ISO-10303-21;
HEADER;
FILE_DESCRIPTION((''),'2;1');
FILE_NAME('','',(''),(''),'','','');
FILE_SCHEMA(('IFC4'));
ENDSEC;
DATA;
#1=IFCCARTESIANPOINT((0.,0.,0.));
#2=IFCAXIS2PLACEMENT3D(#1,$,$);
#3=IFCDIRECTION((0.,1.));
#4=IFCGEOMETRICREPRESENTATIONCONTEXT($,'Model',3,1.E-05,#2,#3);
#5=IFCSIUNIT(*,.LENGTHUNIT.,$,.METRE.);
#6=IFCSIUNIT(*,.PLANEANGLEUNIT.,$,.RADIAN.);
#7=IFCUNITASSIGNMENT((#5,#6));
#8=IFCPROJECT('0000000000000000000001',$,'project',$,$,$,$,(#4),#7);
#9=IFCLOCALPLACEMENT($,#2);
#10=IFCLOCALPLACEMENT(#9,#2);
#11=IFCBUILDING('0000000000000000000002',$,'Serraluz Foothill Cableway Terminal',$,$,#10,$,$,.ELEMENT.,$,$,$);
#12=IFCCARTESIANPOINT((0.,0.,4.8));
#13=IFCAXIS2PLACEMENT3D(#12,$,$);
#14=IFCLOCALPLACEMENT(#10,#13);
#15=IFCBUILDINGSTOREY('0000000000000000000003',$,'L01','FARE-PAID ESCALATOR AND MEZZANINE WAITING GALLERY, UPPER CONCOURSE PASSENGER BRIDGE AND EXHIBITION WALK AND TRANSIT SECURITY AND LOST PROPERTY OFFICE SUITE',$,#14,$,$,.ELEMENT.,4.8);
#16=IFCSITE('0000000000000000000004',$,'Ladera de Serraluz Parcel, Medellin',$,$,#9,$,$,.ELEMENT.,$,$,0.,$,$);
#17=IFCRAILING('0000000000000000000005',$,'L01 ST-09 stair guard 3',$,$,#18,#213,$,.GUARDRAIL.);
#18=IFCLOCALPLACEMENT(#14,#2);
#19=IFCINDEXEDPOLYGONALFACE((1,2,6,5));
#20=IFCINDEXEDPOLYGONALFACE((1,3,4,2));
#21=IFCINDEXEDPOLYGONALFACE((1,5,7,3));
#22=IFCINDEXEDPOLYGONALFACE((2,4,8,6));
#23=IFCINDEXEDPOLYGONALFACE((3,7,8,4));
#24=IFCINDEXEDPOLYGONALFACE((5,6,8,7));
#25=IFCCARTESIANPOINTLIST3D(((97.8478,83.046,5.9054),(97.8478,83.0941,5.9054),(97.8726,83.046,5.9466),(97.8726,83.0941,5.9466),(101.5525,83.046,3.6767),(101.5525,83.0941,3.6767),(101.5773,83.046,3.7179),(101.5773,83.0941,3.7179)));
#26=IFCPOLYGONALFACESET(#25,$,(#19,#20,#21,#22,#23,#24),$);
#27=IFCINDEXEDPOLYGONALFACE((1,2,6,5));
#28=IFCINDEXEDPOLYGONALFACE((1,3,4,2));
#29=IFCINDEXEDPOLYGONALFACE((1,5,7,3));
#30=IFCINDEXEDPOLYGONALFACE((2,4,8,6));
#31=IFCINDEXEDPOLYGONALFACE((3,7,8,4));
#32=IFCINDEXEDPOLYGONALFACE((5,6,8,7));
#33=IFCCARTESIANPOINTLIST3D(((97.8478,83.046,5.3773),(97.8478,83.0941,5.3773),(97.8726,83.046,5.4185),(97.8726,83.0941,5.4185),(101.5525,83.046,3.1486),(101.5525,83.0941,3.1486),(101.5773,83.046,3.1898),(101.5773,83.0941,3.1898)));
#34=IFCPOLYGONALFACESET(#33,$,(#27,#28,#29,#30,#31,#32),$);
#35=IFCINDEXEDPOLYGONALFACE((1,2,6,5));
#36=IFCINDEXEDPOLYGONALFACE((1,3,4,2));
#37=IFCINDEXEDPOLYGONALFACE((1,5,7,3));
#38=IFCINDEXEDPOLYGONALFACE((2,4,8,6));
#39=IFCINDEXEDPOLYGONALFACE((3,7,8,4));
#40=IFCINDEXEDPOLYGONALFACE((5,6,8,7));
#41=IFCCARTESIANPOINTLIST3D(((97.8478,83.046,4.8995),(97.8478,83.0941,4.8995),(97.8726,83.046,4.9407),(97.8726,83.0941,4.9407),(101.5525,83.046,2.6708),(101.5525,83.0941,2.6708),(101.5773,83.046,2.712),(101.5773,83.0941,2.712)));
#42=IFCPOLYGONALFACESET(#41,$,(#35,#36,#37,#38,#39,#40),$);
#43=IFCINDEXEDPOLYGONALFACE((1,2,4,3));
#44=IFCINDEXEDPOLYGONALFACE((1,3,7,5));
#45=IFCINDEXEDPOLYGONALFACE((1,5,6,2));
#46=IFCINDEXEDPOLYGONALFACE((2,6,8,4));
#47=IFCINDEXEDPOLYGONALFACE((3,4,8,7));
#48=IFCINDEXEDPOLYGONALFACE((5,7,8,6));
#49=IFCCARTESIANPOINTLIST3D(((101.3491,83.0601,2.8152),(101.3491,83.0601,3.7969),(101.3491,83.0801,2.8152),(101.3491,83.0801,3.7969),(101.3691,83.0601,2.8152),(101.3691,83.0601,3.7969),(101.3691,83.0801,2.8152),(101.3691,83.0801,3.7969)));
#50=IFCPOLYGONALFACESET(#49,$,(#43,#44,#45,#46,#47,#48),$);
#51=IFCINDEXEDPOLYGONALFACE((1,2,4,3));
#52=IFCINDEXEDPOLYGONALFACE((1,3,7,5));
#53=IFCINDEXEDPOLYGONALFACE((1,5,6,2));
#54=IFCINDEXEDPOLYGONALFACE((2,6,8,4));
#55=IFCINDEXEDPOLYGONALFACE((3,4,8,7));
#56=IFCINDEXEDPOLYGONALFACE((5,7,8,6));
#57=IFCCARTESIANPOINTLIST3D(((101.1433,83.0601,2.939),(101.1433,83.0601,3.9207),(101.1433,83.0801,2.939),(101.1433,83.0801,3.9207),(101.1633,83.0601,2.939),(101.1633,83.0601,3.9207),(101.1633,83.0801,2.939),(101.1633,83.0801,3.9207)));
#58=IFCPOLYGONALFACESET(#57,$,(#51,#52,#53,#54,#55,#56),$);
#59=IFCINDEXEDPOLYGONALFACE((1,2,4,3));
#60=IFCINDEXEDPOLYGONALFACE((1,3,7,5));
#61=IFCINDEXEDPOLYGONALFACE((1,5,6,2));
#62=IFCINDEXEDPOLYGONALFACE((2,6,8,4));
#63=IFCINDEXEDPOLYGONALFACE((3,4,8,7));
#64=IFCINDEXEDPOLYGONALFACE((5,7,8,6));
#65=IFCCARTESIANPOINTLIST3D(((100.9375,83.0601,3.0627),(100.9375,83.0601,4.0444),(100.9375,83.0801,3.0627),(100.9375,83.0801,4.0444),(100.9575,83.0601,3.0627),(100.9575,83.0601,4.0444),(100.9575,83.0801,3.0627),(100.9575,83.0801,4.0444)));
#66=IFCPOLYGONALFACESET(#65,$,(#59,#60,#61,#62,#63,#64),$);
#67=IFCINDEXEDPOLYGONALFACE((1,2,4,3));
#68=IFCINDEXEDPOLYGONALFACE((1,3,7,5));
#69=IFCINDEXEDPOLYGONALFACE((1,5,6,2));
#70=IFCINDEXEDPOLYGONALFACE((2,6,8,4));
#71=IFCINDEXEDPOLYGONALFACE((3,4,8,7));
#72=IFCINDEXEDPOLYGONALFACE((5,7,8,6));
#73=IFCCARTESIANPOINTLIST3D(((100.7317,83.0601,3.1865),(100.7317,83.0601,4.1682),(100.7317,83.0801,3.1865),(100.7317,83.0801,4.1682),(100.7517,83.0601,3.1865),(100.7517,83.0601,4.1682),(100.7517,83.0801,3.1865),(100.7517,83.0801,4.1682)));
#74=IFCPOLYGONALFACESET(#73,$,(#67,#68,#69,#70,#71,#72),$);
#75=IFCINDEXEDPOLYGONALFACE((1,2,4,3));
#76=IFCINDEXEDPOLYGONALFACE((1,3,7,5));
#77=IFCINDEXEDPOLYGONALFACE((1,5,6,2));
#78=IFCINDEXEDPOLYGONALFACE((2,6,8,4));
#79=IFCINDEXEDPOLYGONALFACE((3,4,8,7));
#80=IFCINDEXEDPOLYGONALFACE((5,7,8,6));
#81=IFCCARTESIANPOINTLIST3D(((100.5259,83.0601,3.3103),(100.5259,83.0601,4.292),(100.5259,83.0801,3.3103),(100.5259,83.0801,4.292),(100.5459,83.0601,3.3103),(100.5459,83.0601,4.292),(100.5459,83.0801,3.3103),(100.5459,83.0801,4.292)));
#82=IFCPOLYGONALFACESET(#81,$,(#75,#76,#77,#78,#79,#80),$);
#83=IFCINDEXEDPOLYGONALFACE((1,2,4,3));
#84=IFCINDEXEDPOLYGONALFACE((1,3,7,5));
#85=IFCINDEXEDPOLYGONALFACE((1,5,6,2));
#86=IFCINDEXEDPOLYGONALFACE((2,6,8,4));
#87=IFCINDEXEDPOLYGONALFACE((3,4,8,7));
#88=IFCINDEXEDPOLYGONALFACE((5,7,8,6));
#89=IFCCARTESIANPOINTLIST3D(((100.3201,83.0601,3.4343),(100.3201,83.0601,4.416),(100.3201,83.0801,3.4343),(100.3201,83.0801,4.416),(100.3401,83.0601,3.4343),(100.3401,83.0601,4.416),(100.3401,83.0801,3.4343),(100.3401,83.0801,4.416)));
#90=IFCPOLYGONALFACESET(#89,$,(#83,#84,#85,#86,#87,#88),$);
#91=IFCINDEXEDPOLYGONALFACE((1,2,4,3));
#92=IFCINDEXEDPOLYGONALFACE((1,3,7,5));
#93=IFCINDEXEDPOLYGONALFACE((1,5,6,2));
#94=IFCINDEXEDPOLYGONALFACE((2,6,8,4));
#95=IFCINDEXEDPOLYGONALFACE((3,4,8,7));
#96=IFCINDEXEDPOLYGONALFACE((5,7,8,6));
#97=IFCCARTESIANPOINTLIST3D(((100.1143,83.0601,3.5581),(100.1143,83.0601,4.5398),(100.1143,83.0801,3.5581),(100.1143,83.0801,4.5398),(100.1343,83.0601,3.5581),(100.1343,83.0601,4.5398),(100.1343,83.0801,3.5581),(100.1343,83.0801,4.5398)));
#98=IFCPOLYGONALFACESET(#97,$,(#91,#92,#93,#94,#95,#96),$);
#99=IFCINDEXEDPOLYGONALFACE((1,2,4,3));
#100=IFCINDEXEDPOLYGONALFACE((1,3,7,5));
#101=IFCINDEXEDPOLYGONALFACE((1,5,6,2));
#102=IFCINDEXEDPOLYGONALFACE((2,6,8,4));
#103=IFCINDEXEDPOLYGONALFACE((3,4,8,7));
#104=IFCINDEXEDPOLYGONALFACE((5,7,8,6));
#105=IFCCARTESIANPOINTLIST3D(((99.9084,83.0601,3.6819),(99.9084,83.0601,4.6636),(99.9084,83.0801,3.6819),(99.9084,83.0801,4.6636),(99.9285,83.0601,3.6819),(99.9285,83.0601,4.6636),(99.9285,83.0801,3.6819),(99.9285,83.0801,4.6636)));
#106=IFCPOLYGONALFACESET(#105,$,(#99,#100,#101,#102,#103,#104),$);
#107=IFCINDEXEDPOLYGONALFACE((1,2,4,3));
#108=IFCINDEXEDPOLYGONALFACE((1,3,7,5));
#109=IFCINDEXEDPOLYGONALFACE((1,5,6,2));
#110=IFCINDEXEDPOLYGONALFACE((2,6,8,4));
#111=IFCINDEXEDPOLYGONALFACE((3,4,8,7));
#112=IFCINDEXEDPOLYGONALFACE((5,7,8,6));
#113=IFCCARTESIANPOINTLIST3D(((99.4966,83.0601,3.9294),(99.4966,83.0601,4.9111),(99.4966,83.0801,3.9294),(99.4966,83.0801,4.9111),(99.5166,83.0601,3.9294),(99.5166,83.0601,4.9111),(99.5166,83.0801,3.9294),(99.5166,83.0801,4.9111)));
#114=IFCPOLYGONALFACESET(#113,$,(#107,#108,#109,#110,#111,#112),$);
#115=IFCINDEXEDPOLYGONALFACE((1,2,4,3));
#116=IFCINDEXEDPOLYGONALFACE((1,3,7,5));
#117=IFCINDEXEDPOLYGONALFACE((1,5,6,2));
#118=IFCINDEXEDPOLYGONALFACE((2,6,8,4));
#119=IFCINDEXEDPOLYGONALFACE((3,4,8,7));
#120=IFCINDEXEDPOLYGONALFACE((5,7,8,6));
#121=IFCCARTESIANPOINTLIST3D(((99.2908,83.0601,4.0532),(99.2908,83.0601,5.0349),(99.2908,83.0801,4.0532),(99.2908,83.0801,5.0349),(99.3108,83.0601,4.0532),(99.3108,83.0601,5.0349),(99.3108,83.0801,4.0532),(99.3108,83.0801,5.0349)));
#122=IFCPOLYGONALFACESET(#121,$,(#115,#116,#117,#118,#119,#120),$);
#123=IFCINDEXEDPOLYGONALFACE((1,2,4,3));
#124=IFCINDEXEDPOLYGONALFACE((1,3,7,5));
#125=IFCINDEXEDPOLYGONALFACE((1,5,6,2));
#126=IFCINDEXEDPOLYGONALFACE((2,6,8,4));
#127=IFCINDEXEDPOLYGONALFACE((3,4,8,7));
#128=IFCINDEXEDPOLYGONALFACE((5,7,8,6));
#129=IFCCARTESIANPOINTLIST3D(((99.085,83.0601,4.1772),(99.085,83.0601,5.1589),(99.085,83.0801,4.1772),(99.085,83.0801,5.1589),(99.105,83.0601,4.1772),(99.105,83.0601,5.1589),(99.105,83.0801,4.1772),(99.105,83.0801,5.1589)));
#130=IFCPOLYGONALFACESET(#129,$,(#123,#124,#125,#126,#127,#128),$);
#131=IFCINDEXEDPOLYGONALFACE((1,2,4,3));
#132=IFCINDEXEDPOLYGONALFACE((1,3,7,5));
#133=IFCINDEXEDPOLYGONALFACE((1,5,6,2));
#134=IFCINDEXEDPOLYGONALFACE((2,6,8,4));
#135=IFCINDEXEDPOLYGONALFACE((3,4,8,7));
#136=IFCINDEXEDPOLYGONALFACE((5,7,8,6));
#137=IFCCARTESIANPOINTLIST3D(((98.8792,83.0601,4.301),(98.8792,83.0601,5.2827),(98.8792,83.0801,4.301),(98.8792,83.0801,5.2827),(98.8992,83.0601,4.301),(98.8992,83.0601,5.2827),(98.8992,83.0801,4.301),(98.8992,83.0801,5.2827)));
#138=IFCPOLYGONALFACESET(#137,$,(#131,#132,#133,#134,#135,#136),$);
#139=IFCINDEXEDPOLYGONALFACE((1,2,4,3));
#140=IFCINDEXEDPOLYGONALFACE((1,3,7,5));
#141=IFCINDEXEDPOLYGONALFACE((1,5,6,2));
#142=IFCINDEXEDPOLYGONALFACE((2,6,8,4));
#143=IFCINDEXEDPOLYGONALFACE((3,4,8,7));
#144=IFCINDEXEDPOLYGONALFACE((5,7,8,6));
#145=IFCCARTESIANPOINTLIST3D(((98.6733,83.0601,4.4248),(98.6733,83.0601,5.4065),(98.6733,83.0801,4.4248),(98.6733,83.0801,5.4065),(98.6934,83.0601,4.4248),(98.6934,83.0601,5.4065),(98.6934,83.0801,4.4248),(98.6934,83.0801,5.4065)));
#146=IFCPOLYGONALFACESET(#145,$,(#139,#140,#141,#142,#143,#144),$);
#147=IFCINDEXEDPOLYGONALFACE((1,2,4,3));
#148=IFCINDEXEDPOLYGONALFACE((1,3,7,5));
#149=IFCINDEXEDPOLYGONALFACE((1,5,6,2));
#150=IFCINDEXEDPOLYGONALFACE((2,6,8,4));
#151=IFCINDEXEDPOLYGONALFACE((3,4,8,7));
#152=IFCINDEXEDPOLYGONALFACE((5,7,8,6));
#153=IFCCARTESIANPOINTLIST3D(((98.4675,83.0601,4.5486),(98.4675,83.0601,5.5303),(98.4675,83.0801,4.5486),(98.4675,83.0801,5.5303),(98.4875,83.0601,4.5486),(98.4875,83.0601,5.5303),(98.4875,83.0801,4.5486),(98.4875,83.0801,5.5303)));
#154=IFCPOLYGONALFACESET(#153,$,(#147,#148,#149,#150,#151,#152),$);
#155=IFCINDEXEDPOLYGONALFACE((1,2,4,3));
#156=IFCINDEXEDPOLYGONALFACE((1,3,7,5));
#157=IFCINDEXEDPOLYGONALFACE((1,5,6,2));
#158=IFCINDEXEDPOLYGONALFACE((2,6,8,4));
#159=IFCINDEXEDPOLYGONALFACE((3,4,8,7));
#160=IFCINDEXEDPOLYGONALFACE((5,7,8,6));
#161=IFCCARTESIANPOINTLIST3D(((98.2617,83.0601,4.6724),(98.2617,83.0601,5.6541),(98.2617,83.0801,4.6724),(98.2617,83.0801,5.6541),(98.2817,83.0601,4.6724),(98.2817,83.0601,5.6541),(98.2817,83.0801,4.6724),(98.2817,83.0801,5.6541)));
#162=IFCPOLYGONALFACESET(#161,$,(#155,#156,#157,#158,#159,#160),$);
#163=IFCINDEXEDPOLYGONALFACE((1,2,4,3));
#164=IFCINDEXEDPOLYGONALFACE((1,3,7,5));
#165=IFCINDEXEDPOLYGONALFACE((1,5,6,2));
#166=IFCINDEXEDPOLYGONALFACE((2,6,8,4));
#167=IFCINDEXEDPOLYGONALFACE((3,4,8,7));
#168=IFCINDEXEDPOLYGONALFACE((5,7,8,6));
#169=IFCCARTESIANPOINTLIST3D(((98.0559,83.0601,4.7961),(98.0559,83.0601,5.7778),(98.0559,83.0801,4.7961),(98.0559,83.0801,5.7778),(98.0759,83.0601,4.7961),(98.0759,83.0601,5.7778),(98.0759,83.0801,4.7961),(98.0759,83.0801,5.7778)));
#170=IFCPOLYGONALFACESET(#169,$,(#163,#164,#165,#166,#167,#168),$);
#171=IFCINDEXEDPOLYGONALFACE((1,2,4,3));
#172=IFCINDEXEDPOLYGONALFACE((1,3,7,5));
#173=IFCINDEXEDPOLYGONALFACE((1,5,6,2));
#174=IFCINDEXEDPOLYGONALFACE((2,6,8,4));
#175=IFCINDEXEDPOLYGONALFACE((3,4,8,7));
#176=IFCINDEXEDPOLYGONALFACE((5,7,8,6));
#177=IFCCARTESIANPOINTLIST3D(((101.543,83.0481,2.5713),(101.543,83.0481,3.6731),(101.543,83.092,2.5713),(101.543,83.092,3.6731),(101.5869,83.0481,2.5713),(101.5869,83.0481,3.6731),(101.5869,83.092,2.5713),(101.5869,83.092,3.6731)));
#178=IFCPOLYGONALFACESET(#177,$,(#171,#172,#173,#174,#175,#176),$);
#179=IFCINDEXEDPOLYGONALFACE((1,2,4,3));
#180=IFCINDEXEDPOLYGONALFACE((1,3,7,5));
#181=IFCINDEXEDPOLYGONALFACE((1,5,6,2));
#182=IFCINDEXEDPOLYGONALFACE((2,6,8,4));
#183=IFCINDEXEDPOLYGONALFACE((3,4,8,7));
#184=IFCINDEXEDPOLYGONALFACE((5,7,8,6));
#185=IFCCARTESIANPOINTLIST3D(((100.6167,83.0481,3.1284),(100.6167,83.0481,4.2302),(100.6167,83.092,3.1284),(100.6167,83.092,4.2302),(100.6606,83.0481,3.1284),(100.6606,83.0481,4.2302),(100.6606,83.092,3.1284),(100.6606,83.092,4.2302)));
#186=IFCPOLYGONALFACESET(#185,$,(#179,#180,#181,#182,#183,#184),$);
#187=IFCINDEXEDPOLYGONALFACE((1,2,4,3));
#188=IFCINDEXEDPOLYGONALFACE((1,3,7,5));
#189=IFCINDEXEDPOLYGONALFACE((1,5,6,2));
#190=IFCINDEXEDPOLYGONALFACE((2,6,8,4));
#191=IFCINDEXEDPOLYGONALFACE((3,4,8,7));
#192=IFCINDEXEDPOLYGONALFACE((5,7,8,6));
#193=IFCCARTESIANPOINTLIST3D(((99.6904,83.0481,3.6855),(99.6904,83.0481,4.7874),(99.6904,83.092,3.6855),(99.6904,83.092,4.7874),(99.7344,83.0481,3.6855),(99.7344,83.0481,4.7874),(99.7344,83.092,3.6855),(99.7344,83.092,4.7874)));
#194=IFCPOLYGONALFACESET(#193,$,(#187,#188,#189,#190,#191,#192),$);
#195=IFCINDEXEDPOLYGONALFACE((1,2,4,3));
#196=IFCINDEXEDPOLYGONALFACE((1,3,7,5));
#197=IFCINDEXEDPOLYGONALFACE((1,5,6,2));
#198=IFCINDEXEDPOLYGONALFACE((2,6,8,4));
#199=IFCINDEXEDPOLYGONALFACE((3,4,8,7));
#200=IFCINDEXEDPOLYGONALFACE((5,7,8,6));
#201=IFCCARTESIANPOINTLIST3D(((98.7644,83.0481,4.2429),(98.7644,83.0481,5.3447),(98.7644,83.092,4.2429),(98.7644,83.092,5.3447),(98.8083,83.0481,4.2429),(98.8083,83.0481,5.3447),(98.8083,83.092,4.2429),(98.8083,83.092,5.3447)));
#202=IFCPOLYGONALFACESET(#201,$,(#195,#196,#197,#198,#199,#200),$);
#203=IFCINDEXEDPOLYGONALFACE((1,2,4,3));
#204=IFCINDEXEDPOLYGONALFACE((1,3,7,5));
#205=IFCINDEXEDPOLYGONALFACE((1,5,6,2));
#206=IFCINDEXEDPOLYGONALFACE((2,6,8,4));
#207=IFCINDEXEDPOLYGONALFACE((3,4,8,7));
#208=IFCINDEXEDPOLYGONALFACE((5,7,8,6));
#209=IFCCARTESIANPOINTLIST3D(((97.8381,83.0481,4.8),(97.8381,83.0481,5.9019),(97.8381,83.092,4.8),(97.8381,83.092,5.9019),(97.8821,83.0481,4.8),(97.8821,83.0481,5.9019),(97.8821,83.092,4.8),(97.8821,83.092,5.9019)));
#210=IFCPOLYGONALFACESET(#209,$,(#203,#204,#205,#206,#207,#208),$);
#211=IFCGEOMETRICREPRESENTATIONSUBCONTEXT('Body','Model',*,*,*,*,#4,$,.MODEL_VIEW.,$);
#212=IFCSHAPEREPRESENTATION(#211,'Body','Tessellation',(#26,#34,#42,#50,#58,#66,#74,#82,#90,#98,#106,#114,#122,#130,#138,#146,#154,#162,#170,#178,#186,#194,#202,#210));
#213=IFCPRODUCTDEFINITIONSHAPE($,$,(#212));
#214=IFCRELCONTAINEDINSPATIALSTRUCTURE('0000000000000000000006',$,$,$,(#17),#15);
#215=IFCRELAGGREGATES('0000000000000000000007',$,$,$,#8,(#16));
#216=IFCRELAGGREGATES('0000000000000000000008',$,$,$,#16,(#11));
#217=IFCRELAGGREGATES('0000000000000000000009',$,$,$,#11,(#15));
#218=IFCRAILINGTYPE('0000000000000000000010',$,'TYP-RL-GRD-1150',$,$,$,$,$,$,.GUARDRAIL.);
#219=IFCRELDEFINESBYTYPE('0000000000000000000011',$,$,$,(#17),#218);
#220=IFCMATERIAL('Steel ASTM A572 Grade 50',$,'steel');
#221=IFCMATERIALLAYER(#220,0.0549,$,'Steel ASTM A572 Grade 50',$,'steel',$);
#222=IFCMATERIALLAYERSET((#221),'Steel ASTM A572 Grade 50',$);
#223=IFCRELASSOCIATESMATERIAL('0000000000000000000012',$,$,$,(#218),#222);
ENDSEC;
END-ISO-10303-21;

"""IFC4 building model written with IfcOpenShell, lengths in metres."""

from ifc_helpers import new_model, si_unit, direction, frame, origin, origin_2d, place, context, subcontext, project, spatial, rectangle, extrude, material, layer, layer_set, type_object, element, save


model = new_model("IFC4")

# Units and contexts
model_context = context("Model", 3, precision=1e-05, world=origin(), true_north=direction((0.0, 1.0)))
body_context = subcontext(model_context, "Body", "Model", "MODEL_VIEW")
ifc_project = project(units=[si_unit("LENGTHUNIT", "METRE"), si_unit("PLANEANGLEUNIT", "RADIAN")], contexts=[model_context])

# Site, building, storey
site_placement = place(None, origin())
site = spatial("IfcSite", under=ifc_project, at=site_placement, Name="Ladera de Serraluz Parcel, Medellin", CompositionType="ELEMENT", RefElevation=0.0)
building_placement = place(site_placement, origin())
building = spatial("IfcBuilding", under=site, at=building_placement, Name="Serraluz Foothill Cableway Terminal", CompositionType="ELEMENT")
storey_placement = place(building_placement, frame((0.0, 0.0, 4.8)))
storey = spatial("IfcBuildingStorey", under=building, at=storey_placement, Name="L01", Description="FARE-PAID ESCALATOR AND MEZZANINE WAITING GALLERY, UPPER CONCOURSE PASSENGER BRIDGE AND EXHIBITION WALK AND TRANSIT SECURITY AND LOST PROPERTY OFFICE SUITE", CompositionType="ELEMENT", Elevation=4.8)

# Railing
ifc_material_1 = material(Name="Steel ASTM A572 Grade 50", Category="steel")
ifc_layer_1 = layer(ifc_material_1, 0.0549, Name="Steel ASTM A572 Grade 50", Category="steel")
ifc_layer_set_1 = layer_set([ifc_layer_1], Name="Steel ASTM A572 Grade 50")
railing_type_1 = type_object("IfcRailingType", Name="TYP-RL-GRD-1150", PredefinedType="GUARDRAIL", material=ifc_layer_set_1)
railing_1_placement = place(storey_placement, frame((101.5649, 83.0701, 2.5713)))
element("IfcRailing", 1, at=railing_1_placement, inside=storey, type_object=railing_type_1, Name="L01 ST-09 stair guard 3", PredefinedType="GUARDRAIL", context=body_context, shape_type="SweptSolid", body=[
    extrude(rectangle(XDim=0.0481, YDim=0.0481, at=origin_2d()), frame((0.0, 0.0, 1.126), z_axis=(-0.856894, 0.0, 0.515492), x_axis=(0.0, -1.0, 0.0)), (0.0, 0.0, 1.0), 4.3235),
    extrude(rectangle(XDim=0.0481, YDim=0.0481, at=origin_2d()), frame((0.0, 0.0, 0.5979), z_axis=(-0.856894, 0.0, 0.515492), x_axis=(0.0, -1.0, 0.0)), (0.0, 0.0, 1.0), 4.3235),
    extrude(rectangle(XDim=0.0481, YDim=0.0481, at=origin_2d()), frame((0.0, 0.0, 0.1201), z_axis=(-0.856894, 0.0, 0.515492), x_axis=(0.0, -1.0, 0.0)), (0.0, 0.0, 1.0), 4.3235),
    extrude(rectangle(XDim=0.02, YDim=0.02, at=origin_2d()), frame((-0.2058, 0.0, 0.2439)), (0.0, 0.0, 1.0), 0.9817),
    extrude(rectangle(XDim=0.02, YDim=0.02, at=origin_2d()), frame((-0.4116, 0.0, 0.3677)), (0.0, 0.0, 1.0), 0.9817),
    extrude(rectangle(XDim=0.02, YDim=0.02, at=origin_2d()), frame((-0.6174, 0.0, 0.4915)), (0.0, 0.0, 1.0), 0.9817),
    extrude(rectangle(XDim=0.02, YDim=0.02, at=origin_2d()), frame((-0.8232, 0.0, 0.6152)), (0.0, 0.0, 1.0), 0.9817),
    extrude(rectangle(XDim=0.02, YDim=0.02, at=origin_2d()), frame((-1.0291, 0.0, 0.739)), (0.0, 0.0, 1.0), 0.9817),
    extrude(rectangle(XDim=0.02, YDim=0.02, at=origin_2d()), frame((-1.2349, 0.0, 0.863)), (0.0, 0.0, 1.0), 0.9817),
    extrude(rectangle(XDim=0.02, YDim=0.02, at=origin_2d()), frame((-1.4407, 0.0, 0.9868)), (0.0, 0.0, 1.0), 0.9817),
    extrude(rectangle(XDim=0.02, YDim=0.02, at=origin_2d()), frame((-1.6465, 0.0, 1.1106)), (0.0, 0.0, 1.0), 0.9817),
    extrude(rectangle(XDim=0.02, YDim=0.02, at=origin_2d()), frame((-2.0583, 0.0, 1.3582)), (0.0, 0.0, 1.0), 0.9817),
    extrude(rectangle(XDim=0.02, YDim=0.02, at=origin_2d()), frame((-2.2642, 0.0, 1.4819)), (0.0, 0.0, 1.0), 0.9817),
    extrude(rectangle(XDim=0.02, YDim=0.02, at=origin_2d()), frame((-2.47, 0.0, 1.606)), (0.0, 0.0, 1.0), 0.9817),
    extrude(rectangle(XDim=0.02, YDim=0.02, at=origin_2d()), frame((-2.6758, 0.0, 1.7297)), (0.0, 0.0, 1.0), 0.9817),
    extrude(rectangle(XDim=0.02, YDim=0.02, at=origin_2d()), frame((-2.8816, 0.0, 1.8535)), (0.0, 0.0, 1.0), 0.9817),
    extrude(rectangle(XDim=0.02, YDim=0.02, at=origin_2d()), frame((-3.0874, 0.0, 1.9773)), (0.0, 0.0, 1.0), 0.9817),
    extrude(rectangle(XDim=0.02, YDim=0.02, at=origin_2d()), frame((-3.2932, 0.0, 2.1011)), (0.0, 0.0, 1.0), 0.9817),
    extrude(rectangle(XDim=0.02, YDim=0.02, at=origin_2d()), frame((-3.499, 0.0, 2.2249)), (0.0, 0.0, 1.0), 0.9817),
    extrude(rectangle(XDim=0.0439, YDim=0.0439, at=origin_2d()), origin(), (0.0, 0.0, 1.0), 1.1018),
    extrude(rectangle(XDim=0.0439, YDim=0.0439, at=origin_2d()), frame((-0.9263, 0.0, 0.5571)), (0.0, 0.0, 1.0), 1.1018),
    extrude(rectangle(XDim=0.0439, YDim=0.0439, at=origin_2d()), frame((-1.8525, 0.0, 1.1143)), (0.0, 0.0, 1.0), 1.1018),
    extrude(rectangle(XDim=0.0439, YDim=0.0439, at=origin_2d()), frame((-2.7786, 0.0, 1.6716)), (0.0, 0.0, 1.0), 1.1018),
    extrude(rectangle(XDim=0.0439, YDim=0.0439, at=origin_2d()), frame((-3.7048, 0.0, 2.2288)), (0.0, 0.0, 1.0), 1.1018),
])

save(model, "model.ifc")
